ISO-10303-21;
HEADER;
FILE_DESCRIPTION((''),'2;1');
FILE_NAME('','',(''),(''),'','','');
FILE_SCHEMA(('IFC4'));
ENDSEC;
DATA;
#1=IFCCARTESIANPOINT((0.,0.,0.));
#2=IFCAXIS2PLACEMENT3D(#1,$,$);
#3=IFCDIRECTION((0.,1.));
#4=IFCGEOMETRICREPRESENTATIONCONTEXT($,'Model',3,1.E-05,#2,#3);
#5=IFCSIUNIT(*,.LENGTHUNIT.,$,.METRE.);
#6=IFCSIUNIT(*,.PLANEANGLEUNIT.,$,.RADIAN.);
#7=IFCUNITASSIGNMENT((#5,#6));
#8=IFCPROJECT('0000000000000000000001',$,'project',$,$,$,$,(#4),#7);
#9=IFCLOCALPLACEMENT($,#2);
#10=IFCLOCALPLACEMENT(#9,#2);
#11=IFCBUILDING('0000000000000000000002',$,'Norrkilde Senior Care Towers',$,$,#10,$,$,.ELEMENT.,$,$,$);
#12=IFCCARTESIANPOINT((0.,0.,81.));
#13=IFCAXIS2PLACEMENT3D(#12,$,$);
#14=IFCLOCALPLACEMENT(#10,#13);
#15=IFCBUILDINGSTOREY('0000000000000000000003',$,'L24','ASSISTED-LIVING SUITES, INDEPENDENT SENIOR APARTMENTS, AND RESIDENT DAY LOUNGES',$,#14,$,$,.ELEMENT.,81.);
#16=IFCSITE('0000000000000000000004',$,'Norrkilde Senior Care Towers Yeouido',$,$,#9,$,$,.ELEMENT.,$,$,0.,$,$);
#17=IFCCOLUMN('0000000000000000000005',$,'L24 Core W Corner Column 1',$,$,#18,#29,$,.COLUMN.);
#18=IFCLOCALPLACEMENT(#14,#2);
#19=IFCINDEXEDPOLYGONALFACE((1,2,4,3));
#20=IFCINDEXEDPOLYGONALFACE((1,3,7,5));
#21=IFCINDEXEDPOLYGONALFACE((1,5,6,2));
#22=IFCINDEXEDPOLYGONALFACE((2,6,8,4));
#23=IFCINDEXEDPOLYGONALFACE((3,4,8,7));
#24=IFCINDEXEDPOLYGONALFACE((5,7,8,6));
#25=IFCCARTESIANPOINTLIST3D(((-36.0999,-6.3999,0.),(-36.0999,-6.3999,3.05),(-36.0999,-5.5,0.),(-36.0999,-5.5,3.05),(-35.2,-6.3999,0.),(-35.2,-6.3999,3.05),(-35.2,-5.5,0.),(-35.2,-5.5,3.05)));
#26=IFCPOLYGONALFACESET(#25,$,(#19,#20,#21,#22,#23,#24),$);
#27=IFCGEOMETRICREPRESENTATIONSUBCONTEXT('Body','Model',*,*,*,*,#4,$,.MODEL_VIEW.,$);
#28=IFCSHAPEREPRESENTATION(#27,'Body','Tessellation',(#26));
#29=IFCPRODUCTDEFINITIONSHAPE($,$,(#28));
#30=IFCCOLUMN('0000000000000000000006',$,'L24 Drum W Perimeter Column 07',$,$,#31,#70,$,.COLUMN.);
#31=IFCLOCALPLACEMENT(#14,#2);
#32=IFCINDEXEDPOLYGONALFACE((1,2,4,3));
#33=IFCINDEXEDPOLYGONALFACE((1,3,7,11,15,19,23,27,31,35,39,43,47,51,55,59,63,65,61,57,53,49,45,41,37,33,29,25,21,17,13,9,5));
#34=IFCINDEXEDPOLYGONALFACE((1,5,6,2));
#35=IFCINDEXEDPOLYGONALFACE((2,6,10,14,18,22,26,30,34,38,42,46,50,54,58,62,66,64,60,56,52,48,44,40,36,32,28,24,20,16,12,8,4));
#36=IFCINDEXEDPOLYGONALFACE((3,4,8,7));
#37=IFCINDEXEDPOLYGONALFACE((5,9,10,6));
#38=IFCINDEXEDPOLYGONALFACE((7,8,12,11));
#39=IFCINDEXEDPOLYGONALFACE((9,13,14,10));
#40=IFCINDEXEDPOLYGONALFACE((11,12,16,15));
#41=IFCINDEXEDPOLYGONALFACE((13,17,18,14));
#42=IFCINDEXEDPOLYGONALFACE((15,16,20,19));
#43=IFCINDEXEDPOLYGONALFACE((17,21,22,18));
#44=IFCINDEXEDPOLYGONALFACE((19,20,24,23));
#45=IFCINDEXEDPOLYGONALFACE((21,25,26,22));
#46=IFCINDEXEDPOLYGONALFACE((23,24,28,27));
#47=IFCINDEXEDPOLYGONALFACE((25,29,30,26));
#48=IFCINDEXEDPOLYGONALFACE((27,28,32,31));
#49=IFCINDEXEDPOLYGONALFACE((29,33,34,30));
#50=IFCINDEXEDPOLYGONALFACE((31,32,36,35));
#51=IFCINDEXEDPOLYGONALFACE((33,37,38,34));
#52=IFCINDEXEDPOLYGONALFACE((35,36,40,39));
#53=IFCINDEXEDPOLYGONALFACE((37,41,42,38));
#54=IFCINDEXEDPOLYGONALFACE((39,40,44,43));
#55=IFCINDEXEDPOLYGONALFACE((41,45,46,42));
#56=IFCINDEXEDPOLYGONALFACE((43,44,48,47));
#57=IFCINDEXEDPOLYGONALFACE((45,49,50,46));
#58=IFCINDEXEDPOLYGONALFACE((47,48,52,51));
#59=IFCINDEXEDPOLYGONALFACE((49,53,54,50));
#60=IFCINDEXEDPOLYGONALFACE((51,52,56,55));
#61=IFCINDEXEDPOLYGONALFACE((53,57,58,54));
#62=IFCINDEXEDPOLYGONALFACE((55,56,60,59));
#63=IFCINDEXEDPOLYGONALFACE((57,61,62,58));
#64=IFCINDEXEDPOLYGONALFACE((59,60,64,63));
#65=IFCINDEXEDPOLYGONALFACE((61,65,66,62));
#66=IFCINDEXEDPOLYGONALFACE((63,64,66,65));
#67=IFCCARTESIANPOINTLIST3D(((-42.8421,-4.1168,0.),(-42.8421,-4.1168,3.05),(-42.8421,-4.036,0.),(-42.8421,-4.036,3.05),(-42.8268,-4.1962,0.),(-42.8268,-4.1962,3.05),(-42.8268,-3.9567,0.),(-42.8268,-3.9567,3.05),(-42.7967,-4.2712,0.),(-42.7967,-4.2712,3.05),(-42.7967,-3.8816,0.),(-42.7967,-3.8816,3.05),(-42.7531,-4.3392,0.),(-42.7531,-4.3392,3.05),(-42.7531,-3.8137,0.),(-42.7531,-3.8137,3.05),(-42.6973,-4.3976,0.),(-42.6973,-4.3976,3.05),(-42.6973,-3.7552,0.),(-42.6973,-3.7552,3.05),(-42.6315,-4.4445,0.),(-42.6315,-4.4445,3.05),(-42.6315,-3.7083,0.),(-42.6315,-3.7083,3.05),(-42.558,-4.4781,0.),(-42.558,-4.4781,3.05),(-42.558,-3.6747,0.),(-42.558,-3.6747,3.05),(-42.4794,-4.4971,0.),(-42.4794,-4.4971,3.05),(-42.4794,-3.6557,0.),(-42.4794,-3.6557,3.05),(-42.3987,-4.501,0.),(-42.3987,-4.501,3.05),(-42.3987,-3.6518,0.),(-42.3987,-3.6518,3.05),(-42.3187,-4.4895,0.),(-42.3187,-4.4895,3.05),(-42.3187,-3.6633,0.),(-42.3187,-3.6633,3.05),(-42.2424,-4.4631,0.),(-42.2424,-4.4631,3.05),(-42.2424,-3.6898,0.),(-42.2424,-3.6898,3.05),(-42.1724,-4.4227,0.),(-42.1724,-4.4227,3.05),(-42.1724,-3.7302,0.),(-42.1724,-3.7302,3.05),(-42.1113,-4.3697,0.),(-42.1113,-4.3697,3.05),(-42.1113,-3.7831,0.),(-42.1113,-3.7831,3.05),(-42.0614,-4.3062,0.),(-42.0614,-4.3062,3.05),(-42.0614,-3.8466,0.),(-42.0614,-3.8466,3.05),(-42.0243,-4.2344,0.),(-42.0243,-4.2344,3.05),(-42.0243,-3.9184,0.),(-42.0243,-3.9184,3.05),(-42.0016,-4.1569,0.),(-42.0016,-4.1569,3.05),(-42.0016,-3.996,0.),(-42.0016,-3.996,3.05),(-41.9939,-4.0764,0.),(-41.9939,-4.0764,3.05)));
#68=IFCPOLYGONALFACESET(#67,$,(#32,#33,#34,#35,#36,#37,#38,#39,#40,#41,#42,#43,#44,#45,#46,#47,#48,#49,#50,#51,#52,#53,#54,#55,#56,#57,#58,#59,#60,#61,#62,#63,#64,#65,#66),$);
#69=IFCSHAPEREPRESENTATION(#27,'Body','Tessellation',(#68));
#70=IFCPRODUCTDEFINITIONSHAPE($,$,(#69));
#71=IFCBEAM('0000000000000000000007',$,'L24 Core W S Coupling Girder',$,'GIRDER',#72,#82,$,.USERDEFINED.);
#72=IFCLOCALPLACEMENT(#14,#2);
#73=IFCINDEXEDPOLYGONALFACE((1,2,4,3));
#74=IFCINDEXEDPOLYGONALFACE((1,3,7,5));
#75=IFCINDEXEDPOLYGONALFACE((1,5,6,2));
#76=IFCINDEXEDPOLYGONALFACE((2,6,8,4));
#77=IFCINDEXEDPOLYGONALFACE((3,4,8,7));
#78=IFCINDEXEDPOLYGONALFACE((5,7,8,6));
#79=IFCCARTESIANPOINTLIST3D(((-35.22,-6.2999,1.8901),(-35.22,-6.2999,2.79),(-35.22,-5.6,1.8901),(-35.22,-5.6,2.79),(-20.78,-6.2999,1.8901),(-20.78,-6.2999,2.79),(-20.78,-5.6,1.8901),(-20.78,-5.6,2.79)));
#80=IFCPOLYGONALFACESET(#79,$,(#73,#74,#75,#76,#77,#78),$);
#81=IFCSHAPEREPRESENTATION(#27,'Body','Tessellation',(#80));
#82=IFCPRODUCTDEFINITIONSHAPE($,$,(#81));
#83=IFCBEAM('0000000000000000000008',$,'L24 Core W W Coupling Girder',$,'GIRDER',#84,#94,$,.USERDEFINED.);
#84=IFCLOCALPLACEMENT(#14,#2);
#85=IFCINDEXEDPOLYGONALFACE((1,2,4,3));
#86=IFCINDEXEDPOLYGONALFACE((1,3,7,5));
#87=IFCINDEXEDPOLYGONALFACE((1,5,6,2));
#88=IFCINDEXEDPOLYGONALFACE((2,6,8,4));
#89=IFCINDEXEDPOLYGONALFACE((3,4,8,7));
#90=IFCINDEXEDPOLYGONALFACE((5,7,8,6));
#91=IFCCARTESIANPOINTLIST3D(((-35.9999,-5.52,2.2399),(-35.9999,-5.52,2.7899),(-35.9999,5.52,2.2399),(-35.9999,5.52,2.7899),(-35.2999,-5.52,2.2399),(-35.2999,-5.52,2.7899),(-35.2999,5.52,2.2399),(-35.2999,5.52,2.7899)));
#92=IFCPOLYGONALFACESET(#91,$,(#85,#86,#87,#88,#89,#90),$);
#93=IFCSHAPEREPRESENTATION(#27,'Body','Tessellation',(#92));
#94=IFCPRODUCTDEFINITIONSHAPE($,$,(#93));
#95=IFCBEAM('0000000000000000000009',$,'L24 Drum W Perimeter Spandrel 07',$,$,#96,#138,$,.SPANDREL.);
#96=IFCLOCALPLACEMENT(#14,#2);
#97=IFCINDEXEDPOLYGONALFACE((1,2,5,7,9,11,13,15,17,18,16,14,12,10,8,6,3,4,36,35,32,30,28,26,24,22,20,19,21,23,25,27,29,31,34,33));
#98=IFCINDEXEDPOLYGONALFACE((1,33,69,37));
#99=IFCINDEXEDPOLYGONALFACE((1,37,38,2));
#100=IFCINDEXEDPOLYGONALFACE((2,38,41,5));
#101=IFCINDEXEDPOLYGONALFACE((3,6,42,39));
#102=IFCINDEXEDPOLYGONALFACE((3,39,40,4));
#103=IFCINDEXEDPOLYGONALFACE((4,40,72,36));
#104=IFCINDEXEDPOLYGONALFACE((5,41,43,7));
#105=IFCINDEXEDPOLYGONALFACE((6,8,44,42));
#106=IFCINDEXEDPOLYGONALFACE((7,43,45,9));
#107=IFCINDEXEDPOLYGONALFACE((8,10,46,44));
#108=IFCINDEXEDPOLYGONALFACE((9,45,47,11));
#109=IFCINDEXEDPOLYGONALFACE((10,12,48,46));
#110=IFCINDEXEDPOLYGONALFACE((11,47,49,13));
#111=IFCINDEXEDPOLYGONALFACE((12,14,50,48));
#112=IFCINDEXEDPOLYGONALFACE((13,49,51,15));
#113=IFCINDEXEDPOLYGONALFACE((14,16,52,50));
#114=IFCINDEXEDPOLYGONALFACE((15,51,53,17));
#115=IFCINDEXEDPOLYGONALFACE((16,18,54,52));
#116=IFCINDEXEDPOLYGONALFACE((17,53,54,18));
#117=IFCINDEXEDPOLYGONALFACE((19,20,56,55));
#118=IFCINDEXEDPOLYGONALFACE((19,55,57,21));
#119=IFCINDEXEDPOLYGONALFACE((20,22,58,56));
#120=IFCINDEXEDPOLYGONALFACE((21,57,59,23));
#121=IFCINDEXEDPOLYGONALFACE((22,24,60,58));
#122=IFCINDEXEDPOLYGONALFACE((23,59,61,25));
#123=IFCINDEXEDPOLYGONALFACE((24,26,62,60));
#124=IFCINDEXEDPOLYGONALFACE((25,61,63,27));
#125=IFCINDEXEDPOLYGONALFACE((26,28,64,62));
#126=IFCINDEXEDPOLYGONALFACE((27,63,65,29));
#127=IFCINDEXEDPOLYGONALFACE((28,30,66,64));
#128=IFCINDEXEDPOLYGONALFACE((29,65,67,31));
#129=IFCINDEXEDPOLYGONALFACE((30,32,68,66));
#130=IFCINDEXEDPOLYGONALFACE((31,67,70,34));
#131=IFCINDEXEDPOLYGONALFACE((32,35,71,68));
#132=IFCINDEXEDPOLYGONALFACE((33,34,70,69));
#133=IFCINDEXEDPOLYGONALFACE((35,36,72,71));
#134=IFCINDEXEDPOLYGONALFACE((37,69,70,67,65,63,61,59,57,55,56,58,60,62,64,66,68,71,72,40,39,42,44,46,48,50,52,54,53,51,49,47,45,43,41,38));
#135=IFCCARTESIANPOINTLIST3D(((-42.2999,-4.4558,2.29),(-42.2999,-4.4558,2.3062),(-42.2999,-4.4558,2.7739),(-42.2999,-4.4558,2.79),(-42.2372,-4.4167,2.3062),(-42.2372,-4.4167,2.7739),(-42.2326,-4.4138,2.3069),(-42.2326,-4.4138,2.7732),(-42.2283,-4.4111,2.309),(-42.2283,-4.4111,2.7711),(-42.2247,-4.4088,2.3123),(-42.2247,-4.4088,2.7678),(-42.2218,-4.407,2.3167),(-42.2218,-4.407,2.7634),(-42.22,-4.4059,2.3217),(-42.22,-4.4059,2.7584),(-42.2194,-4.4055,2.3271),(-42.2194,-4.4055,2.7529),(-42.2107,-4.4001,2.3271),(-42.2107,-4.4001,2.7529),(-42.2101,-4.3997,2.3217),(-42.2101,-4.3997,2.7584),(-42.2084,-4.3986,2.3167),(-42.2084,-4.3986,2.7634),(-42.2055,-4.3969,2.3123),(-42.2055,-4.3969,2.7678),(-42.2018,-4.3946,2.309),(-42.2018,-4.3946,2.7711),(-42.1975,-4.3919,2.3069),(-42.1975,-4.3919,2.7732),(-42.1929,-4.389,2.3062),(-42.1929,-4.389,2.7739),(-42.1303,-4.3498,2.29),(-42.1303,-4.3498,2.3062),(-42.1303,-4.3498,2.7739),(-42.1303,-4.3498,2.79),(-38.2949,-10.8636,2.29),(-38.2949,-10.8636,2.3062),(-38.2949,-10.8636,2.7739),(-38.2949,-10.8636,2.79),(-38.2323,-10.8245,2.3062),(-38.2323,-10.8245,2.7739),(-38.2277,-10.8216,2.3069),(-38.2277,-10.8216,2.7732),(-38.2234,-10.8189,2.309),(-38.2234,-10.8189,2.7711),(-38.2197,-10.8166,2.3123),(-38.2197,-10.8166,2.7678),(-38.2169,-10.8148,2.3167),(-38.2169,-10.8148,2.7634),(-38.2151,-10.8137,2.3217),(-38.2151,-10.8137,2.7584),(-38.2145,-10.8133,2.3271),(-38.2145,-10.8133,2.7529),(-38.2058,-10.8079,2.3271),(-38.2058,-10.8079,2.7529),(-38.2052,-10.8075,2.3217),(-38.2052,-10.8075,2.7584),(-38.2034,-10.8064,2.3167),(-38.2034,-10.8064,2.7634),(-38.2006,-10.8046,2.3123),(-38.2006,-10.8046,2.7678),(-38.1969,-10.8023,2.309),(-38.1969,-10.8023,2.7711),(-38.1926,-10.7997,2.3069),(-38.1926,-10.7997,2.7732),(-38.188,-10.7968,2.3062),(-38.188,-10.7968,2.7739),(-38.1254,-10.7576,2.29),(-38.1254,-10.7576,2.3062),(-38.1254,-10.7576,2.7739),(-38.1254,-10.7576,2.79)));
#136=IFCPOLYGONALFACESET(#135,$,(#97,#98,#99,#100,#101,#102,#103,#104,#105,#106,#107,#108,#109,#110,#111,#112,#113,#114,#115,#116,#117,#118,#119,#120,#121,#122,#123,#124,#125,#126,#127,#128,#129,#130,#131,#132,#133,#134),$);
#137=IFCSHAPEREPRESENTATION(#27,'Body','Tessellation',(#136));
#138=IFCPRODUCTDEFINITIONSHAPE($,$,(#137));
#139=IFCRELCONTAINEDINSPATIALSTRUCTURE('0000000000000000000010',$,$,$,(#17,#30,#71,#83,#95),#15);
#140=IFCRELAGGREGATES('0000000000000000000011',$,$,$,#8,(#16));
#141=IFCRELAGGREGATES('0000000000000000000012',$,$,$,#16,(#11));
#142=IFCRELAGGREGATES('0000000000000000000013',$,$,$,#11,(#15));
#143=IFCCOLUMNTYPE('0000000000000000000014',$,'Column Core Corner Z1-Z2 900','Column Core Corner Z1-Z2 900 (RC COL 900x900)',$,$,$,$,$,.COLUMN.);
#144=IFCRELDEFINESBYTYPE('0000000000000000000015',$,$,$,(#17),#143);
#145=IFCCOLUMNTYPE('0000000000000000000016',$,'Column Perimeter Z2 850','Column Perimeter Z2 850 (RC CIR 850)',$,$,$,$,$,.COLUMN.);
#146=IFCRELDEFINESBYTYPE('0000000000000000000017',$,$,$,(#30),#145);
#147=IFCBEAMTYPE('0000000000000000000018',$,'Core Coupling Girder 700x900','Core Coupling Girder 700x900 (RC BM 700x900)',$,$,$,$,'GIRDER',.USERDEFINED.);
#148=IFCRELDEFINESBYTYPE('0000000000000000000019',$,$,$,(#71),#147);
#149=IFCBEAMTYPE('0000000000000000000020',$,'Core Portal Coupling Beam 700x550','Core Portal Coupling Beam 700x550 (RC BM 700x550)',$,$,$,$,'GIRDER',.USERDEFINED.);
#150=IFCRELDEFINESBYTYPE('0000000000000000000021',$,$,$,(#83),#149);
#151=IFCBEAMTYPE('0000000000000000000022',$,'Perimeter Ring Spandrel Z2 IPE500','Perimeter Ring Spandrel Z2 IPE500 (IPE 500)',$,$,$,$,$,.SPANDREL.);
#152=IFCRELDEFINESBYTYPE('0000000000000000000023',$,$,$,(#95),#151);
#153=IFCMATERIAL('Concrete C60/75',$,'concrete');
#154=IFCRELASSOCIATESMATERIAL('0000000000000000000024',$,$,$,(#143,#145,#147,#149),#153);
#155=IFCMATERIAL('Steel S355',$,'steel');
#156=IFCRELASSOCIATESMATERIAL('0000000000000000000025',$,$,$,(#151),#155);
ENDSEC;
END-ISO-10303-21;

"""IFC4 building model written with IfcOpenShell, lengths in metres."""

from ifc_helpers import new_model, si_unit, direction, frame, origin, origin_2d, place, context, subcontext, project, spatial, rectangle, circle, i_section, extrude, source, transform, mapped, material, material_profile, profile_set, type_object, type_shapes, element, save


model = new_model("IFC4")

# Units and contexts
model_context = context("Model", 3, precision=1e-05, world=origin(), true_north=direction((0.0, 1.0)))
body_context = subcontext(model_context, "Body", "Model", "MODEL_VIEW")
ifc_project = project(units=[si_unit("LENGTHUNIT", "METRE"), si_unit("PLANEANGLEUNIT", "RADIAN")], contexts=[model_context])

# Site, building, storey
site_placement = place(None, origin())
site = spatial("IfcSite", under=ifc_project, at=site_placement, Name="Norrkilde Senior Care Towers Yeouido", CompositionType="ELEMENT", RefElevation=0.0)
building_placement = place(site_placement, origin())
building = spatial("IfcBuilding", under=site, at=building_placement, Name="Norrkilde Senior Care Towers", CompositionType="ELEMENT")
storey_placement = place(building_placement, frame((0.0, 0.0, 81.0)))
storey = spatial("IfcBuildingStorey", under=building, at=storey_placement, Name="L24", Description="ASSISTED-LIVING SUITES, INDEPENDENT SENIOR APARTMENTS, AND RESIDENT DAY LOUNGES", CompositionType="ELEMENT", Elevation=81.0)

# Columns
ifc_material_1 = material(Name="Concrete C60/75", Category="concrete")
ifc_material_profile_1 = material_profile(ifc_material_1, rectangle(XDim=0.8999, YDim=0.8999, at=origin_2d()), Name="RC COL 900x900")
ifc_profile_set_1 = profile_set([ifc_material_profile_1], Name="Concrete C60/75")
column_type_1 = type_object("IfcColumnType", Name="Column Core Corner Z1-Z2 900", Description="Column Core Corner Z1-Z2 900 (RC COL 900x900)", PredefinedType="COLUMN", material=ifc_profile_set_1)
shared_shape_1 = source(origin(), body_context, "Body", "SweptSolid", [
    extrude(rectangle(XDim=0.8999, YDim=0.8999, at=origin_2d()), origin(), (0.0, 0.0, 1.0), 3.05),
])
type_shapes(column_type_1, [shared_shape_1])
column_1_placement = place(storey_placement, frame((-35.6499, -5.95, 0.0), z_axis=(0.0, 0.0, 1.0), x_axis=(1.0, 0.0, 0.0)))
element("IfcColumn", 1, at=column_1_placement, inside=storey, type_object=column_type_1, Name="L24 Core W Corner Column 1", PredefinedType="COLUMN", context=body_context, shape_type="MappedRepresentation", body=[
    mapped(shared_shape_1, transform((0.0, 0.0, 0.0), x_axis=(1.0, 0.0, 0.0), y_axis=(0.0, 1.0, 0.0), z_axis=(0.0, 0.0, 1.0), scale=1.0)),
])
ifc_material_profile_2 = material_profile(ifc_material_1, circle(Radius=0.425, at=origin_2d()), Name="RC CIR 850")
ifc_profile_set_2 = profile_set([ifc_material_profile_2], Name="Concrete C60/75")
column_type_2 = type_object("IfcColumnType", Name="Column Perimeter Z2 850", Description="Column Perimeter Z2 850 (RC CIR 850)", PredefinedType="COLUMN", material=ifc_profile_set_2)
shared_shape_2 = source(origin(), body_context, "Body", "SweptSolid", [
    extrude(circle(Radius=0.425, at=origin_2d()), origin(), (0.0, 0.0, 1.0), 3.05),
])
type_shapes(column_type_2, [shared_shape_2])
column_2_placement = place(storey_placement, frame((-42.4189, -4.0764, 0.0), z_axis=(0.0, 0.0, 1.0), x_axis=(1.0, 0.0, 0.0)))
element("IfcColumn", 2, at=column_2_placement, inside=storey, type_object=column_type_2, Name="L24 Drum W Perimeter Column 07", PredefinedType="COLUMN", context=body_context, shape_type="MappedRepresentation", body=[
    mapped(shared_shape_2, transform((0.0, 0.0, 0.0), x_axis=(1.0, 0.0, 0.0), y_axis=(0.0, 1.0, 0.0), z_axis=(0.0, 0.0, 1.0), scale=1.0)),
])

# Beams
ifc_material_profile_3 = material_profile(ifc_material_1, rectangle(XDim=0.7, YDim=0.8999, at=origin_2d()), Name="RC BM 700x900")
ifc_profile_set_3 = profile_set([ifc_material_profile_3], Name="Concrete C60/75")
beam_type_1 = type_object("IfcBeamType", Name="Core Coupling Girder 700x900", Description="Core Coupling Girder 700x900 (RC BM 700x900)", ElementType="GIRDER", PredefinedType="USERDEFINED", material=ifc_profile_set_3)
shared_shape_3 = source(origin(), body_context, "Body", "SweptSolid", [
    extrude(rectangle(XDim=0.7, YDim=0.8999, at=origin_2d()), origin(), (0.0, 0.0, 1.0), 14.4399),
])
type_shapes(beam_type_1, [shared_shape_3])
beam_1_placement = place(storey_placement, frame((-35.22, -5.95, 2.3401), z_axis=(1.0, 0.0, 0.0), x_axis=(0.0, 1.0, 0.0)))
element("IfcBeam", 3, at=beam_1_placement, inside=storey, type_object=beam_type_1, Name="L24 Core W S Coupling Girder", ObjectType="GIRDER", PredefinedType="USERDEFINED", context=body_context, shape_type="MappedRepresentation", body=[
    mapped(shared_shape_3, transform((0.0, 0.0, 0.0), x_axis=(1.0, 0.0, 0.0), y_axis=(0.0, 1.0, 0.0), z_axis=(0.0, 0.0, 1.0), scale=1.0)),
])
ifc_material_profile_4 = material_profile(ifc_material_1, rectangle(XDim=0.7, YDim=0.55, at=origin_2d()), Name="RC BM 700x550")
ifc_profile_set_4 = profile_set([ifc_material_profile_4], Name="Concrete C60/75")
beam_type_2 = type_object("IfcBeamType", Name="Core Portal Coupling Beam 700x550", Description="Core Portal Coupling Beam 700x550 (RC BM 700x550)", ElementType="GIRDER", PredefinedType="USERDEFINED", material=ifc_profile_set_4)
shared_shape_4 = source(origin(), body_context, "Body", "SweptSolid", [
    extrude(rectangle(XDim=0.7, YDim=0.55, at=origin_2d()), origin(), (0.0, 0.0, 1.0), 11.04),
])
type_shapes(beam_type_2, [shared_shape_4])
beam_2_placement = place(storey_placement, frame((-35.6499, -5.52, 2.5149), z_axis=(0.0, 1.0, 0.0), x_axis=(-1.0, 0.0, 0.0)))
element("IfcBeam", 4, at=beam_2_placement, inside=storey, type_object=beam_type_2, Name="L24 Core W W Coupling Girder", ObjectType="GIRDER", PredefinedType="USERDEFINED", context=body_context, shape_type="MappedRepresentation", body=[
    mapped(shared_shape_4, transform((0.0, 0.0, 0.0), x_axis=(1.0, 0.0, 0.0), y_axis=(0.0, 1.0, 0.0), z_axis=(0.0, 0.0, 1.0), scale=1.0)),
])
ifc_material_2 = material(Name="Steel S355", Category="steel")
ifc_material_profile_5 = material_profile(ifc_material_2, i_section(OverallWidth=0.2, OverallDepth=0.5, WebThickness=0.0103, FlangeThickness=0.0161, FilletRadius=0.021, at=origin_2d()), Name="IPE 500")
ifc_profile_set_5 = profile_set([ifc_material_profile_5], Name="Steel S355")
beam_type_3 = type_object("IfcBeamType", Name="Perimeter Ring Spandrel Z2 IPE500", Description="Perimeter Ring Spandrel Z2 IPE500 (IPE 500)", PredefinedType="SPANDREL", material=ifc_profile_set_5)
shared_shape_5 = source(origin(), body_context, "Body", "SweptSolid", [
    extrude(i_section(OverallWidth=0.2, OverallDepth=0.5, WebThickness=0.0103, FlangeThickness=0.0161, FilletRadius=0.021, at=origin_2d()), origin(), (0.0, 0.0, 1.0), 7.5564),
])
type_shapes(beam_type_3, [shared_shape_5])
beam_3_placement = place(storey_placement, frame((-42.2151, -4.4028, 2.54), z_axis=(0.530005, -0.847995, 0.0), x_axis=(0.847995, 0.530005, 0.0)))
element("IfcBeam", 5, at=beam_3_placement, inside=storey, type_object=beam_type_3, Name="L24 Drum W Perimeter Spandrel 07", PredefinedType="SPANDREL", context=body_context, shape_type="MappedRepresentation", body=[
    mapped(shared_shape_5, transform((0.0, 0.0, 0.0), x_axis=(1.0, 0.0, 0.0), y_axis=(0.0, 1.0, 0.0), z_axis=(0.0, 0.0, 1.0), scale=1.0)),
])

save(model, "model.ifc")
